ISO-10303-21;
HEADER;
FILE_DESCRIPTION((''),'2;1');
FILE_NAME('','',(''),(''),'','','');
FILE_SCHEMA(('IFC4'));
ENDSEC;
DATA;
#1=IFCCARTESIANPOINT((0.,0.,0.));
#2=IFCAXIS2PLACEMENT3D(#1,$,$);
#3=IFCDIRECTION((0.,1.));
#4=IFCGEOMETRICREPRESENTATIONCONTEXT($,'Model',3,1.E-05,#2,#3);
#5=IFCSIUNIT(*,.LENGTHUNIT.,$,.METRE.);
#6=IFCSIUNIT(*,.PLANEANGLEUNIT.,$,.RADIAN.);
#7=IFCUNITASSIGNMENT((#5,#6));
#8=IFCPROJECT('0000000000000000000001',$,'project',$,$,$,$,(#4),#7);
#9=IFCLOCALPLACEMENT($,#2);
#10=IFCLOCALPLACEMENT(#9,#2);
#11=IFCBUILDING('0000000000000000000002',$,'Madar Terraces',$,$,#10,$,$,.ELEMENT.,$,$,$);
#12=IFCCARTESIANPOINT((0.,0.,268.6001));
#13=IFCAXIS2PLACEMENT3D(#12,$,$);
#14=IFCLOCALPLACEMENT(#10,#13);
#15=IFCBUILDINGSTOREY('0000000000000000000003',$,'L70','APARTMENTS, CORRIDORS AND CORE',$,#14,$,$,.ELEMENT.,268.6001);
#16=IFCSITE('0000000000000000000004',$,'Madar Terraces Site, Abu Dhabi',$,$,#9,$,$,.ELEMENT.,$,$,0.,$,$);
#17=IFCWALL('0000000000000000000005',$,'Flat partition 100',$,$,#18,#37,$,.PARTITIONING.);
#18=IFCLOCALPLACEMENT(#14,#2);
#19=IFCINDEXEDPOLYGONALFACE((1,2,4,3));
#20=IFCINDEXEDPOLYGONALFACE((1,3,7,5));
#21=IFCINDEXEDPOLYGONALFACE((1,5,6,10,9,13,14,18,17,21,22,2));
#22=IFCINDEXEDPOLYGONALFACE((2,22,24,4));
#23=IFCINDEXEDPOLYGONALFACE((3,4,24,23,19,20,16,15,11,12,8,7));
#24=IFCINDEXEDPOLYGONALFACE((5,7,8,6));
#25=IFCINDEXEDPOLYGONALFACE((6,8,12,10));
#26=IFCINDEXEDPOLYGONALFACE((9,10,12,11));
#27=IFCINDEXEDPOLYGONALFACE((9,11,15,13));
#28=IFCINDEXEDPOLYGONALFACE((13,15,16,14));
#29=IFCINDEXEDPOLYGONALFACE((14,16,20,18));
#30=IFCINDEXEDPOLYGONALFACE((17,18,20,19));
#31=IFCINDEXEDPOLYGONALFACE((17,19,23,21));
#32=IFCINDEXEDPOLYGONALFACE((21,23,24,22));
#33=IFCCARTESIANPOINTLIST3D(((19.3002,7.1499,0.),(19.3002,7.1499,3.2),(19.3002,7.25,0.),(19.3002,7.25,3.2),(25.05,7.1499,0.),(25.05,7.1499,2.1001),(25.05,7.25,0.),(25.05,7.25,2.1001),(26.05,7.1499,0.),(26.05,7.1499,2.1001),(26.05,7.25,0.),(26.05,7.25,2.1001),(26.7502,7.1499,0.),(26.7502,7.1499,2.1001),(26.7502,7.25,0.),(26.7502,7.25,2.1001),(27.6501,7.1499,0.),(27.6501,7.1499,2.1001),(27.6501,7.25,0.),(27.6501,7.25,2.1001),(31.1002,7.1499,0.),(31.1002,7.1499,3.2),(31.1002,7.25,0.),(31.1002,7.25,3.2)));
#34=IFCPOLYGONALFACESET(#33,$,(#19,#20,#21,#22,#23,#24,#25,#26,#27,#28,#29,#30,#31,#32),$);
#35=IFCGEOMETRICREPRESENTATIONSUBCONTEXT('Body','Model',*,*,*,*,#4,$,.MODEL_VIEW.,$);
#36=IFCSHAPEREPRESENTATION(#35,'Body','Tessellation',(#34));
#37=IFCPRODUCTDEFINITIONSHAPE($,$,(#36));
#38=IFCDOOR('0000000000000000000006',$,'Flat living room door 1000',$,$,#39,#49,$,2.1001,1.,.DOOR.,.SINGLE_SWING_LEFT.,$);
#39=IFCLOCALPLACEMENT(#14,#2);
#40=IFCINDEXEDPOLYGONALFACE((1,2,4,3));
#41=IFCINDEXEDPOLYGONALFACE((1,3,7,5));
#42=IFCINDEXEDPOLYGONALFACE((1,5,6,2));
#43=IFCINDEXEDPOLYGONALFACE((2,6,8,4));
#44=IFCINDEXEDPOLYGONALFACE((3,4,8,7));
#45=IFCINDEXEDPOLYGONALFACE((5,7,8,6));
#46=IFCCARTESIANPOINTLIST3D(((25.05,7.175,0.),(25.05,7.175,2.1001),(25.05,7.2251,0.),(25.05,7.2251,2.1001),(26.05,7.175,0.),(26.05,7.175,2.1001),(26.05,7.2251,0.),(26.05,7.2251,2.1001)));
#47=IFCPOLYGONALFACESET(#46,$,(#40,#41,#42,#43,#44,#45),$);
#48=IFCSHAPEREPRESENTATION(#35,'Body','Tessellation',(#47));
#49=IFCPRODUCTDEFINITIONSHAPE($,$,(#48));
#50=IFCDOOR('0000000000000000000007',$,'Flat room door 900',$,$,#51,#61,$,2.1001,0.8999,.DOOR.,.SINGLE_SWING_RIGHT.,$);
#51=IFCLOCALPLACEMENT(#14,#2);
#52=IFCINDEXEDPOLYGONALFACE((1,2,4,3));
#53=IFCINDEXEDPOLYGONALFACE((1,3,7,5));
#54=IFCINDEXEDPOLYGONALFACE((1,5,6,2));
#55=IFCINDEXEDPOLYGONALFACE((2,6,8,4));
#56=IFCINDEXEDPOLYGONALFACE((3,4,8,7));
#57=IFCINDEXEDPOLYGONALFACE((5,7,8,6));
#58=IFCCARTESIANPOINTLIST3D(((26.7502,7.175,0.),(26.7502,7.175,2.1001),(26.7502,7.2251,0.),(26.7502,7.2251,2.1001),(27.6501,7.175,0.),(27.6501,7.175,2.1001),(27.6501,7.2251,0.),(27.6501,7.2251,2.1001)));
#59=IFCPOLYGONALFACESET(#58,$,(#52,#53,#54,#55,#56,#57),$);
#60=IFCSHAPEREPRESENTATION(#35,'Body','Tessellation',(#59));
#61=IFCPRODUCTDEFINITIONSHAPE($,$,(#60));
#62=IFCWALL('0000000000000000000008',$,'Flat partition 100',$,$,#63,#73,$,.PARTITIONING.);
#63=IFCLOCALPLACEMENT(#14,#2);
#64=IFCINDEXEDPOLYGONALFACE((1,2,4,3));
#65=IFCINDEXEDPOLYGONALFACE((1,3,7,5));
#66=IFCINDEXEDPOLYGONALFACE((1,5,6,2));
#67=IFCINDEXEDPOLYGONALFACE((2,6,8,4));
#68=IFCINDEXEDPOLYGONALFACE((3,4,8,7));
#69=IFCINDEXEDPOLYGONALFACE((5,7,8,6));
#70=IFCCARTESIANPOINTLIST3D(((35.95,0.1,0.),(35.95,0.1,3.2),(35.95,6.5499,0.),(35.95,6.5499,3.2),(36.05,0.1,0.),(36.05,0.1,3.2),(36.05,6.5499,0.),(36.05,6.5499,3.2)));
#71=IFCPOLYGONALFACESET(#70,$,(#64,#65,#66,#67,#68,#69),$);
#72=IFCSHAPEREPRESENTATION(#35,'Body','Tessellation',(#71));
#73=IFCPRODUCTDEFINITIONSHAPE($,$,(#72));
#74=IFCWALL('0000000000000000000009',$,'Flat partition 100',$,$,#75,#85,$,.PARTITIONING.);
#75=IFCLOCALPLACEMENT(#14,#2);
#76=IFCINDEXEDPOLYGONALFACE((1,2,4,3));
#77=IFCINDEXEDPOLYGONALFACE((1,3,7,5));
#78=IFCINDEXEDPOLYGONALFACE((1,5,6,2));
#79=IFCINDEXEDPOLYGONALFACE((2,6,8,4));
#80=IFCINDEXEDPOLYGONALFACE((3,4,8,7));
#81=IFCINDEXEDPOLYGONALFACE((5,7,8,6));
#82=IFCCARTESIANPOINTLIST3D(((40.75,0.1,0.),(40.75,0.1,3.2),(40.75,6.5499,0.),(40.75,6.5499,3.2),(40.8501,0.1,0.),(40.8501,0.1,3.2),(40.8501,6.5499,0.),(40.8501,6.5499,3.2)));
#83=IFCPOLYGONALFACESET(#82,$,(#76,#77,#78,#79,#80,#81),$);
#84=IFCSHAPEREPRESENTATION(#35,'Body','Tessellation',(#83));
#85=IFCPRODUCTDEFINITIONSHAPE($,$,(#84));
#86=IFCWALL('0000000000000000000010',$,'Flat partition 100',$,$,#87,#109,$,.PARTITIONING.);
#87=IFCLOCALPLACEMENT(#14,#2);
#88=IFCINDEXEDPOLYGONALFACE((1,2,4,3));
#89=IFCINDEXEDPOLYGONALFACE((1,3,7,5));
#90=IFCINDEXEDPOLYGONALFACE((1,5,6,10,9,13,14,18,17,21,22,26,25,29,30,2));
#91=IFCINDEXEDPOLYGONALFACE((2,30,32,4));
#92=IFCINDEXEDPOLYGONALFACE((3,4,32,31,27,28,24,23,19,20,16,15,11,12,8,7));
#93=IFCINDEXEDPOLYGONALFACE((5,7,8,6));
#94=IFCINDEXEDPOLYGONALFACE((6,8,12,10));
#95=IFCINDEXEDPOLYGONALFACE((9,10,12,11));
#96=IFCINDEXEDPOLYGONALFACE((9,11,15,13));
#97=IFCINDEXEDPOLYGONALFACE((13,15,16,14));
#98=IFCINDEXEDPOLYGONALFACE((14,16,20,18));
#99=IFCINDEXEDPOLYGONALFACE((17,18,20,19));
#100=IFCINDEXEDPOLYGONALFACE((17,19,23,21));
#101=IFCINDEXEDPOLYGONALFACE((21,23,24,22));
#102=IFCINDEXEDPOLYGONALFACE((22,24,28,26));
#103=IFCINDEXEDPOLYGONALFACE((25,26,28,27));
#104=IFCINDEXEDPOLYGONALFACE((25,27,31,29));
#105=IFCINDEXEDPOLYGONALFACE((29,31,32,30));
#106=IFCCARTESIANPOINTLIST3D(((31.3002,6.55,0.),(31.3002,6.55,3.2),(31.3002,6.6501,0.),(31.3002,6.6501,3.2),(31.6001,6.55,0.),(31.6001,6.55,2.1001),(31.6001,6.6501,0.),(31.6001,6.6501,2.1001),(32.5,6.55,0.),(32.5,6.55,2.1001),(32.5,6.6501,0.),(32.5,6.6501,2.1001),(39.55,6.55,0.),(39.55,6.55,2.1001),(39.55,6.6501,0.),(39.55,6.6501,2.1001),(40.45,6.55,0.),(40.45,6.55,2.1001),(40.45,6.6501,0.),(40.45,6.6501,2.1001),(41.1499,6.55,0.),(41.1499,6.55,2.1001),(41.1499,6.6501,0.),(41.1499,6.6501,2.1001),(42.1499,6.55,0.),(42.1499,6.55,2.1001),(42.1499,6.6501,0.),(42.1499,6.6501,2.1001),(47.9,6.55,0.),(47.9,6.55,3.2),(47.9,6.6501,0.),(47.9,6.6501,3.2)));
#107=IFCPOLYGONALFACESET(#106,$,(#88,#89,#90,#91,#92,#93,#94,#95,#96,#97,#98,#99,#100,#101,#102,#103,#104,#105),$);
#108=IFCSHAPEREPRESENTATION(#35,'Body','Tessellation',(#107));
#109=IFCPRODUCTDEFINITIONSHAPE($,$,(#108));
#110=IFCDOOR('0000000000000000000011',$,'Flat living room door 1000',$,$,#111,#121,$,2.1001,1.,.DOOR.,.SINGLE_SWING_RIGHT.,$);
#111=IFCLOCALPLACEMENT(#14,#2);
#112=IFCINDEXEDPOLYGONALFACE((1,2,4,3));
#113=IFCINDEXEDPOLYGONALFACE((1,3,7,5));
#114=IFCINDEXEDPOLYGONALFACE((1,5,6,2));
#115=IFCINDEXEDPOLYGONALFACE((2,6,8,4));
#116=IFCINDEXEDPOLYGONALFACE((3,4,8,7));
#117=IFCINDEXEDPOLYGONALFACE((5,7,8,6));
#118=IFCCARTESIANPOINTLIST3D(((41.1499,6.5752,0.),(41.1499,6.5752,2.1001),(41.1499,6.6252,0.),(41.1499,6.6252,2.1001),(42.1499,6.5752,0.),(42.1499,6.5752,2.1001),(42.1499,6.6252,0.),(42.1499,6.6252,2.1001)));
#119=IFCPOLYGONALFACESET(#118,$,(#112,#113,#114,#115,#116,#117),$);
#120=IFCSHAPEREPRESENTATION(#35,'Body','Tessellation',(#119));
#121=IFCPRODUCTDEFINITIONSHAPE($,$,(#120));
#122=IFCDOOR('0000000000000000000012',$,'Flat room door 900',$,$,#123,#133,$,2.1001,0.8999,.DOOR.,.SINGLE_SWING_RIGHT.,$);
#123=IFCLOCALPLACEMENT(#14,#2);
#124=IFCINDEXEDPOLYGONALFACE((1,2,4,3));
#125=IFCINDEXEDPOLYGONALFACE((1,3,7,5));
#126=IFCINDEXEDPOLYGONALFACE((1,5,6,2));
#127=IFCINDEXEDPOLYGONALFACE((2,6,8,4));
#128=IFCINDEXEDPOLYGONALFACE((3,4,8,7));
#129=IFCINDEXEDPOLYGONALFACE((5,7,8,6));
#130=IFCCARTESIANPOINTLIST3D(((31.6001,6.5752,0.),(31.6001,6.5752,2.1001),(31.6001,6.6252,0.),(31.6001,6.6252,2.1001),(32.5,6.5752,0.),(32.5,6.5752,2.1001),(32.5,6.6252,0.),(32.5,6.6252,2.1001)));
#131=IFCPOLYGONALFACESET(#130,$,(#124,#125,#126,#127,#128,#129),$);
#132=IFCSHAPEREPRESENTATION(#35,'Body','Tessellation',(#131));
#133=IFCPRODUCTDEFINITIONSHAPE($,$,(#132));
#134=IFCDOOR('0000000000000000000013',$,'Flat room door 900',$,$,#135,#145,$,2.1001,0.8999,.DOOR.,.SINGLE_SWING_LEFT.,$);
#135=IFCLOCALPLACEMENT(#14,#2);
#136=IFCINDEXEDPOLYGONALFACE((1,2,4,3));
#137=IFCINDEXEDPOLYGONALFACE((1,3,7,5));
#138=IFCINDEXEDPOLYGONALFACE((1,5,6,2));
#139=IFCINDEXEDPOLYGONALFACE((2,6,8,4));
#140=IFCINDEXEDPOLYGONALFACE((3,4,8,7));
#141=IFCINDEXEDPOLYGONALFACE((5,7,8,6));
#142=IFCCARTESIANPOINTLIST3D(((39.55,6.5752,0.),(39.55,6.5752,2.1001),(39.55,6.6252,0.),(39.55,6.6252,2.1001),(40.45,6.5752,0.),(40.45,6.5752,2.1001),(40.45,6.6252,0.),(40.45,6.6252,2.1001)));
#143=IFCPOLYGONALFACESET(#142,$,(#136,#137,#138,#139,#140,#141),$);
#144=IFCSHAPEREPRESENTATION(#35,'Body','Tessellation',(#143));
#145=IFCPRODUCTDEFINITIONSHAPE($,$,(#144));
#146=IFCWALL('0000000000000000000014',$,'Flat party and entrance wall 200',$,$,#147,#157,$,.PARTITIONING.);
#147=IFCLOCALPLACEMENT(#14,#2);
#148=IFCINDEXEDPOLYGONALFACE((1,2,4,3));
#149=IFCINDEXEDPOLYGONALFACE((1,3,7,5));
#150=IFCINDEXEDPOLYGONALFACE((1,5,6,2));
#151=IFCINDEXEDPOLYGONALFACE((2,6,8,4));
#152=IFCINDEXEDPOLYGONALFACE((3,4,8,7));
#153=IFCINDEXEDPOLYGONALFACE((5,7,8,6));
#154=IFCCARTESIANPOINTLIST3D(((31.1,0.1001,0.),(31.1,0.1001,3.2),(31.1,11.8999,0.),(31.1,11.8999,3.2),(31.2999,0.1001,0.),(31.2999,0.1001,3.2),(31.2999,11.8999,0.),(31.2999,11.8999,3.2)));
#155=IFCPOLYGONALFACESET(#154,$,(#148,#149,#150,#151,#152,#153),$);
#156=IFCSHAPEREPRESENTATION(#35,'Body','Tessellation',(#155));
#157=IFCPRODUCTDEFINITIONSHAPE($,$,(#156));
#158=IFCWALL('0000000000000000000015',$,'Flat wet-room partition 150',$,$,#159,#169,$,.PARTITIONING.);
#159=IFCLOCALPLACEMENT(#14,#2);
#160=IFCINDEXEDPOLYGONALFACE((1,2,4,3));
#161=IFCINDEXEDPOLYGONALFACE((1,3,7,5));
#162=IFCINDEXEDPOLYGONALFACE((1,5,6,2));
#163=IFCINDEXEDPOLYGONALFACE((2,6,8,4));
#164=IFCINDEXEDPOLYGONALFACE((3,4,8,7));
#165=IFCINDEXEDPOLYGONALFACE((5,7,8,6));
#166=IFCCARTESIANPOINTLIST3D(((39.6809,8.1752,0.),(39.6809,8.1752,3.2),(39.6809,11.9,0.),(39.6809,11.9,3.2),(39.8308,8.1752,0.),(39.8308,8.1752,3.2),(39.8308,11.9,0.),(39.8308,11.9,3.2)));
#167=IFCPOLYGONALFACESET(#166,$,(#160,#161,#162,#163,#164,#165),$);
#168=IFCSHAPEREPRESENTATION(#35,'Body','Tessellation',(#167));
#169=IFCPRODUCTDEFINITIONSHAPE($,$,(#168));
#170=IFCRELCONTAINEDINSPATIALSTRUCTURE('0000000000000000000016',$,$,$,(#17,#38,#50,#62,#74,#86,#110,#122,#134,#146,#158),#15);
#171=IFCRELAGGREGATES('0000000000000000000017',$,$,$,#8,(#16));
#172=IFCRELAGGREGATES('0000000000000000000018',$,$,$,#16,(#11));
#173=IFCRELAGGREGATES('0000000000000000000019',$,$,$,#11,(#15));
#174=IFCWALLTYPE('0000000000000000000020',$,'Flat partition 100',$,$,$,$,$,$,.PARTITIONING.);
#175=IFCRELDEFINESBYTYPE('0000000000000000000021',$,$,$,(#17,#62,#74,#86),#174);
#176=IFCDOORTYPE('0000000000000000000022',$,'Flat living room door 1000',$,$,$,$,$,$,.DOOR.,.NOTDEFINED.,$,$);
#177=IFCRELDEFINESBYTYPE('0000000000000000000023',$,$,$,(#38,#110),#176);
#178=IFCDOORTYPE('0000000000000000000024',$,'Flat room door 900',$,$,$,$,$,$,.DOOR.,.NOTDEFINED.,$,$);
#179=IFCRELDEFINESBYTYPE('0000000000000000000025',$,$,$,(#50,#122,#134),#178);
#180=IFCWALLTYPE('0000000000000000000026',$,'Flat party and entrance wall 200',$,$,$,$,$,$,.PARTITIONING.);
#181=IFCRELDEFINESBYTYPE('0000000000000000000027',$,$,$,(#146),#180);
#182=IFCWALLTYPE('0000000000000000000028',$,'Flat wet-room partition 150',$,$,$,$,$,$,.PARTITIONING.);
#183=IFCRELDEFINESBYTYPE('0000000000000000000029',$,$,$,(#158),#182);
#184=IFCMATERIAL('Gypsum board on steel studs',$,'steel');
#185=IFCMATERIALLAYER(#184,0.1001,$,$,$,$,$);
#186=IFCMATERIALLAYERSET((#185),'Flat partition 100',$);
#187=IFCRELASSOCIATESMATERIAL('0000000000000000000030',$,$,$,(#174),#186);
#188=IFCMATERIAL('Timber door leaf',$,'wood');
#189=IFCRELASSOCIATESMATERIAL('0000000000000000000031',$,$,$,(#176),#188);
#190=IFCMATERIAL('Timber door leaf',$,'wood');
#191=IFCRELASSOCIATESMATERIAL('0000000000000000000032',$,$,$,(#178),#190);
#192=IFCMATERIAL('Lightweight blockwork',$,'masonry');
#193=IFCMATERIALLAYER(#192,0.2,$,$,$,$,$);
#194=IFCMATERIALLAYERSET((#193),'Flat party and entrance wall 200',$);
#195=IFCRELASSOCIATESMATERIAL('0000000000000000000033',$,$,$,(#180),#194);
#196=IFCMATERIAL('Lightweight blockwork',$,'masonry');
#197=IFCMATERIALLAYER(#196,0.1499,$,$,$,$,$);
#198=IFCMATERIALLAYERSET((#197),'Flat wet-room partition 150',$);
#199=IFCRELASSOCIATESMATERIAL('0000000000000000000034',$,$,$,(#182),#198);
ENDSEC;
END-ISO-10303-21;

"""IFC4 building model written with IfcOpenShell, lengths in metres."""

from ifc_helpers import new_model, si_unit, direction, frame, frame_2d, origin, place, context, subcontext, project, spatial, rectangle, extrude, material, layer, layer_set, type_object, element, fill, save


model = new_model("IFC4")

# Units and contexts
model_context = context("Model", 3, precision=1e-05, world=origin(), true_north=direction((0.0, 1.0)))
body_context = subcontext(model_context, "Body", "Model", "MODEL_VIEW")
ifc_project = project(units=[si_unit("LENGTHUNIT", "METRE"), si_unit("PLANEANGLEUNIT", "RADIAN")], contexts=[model_context])

# Site, building, storey
site_placement = place(None, origin())
site = spatial("IfcSite", under=ifc_project, at=site_placement, Name="Madar Terraces Site, Abu Dhabi", CompositionType="ELEMENT", RefElevation=0.0)
building_placement = place(site_placement, origin())
building = spatial("IfcBuilding", under=site, at=building_placement, Name="Madar Terraces", CompositionType="ELEMENT")
storey_placement = place(building_placement, frame((0.0, 0.0, 268.6001)))
storey = spatial("IfcBuildingStorey", under=building, at=storey_placement, Name="L70", Description="APARTMENTS, CORRIDORS AND CORE", CompositionType="ELEMENT", Elevation=268.6001)

# Wall, openings, doors
ifc_material_1 = material(Name="Gypsum board on steel studs", Category="steel")
ifc_layer_1 = layer(ifc_material_1, 0.1001)
ifc_layer_set_1 = layer_set([ifc_layer_1], Name="Flat partition 100")
wall_type_1 = type_object("IfcWallType", Name="Flat partition 100", PredefinedType="PARTITIONING", material=ifc_layer_set_1)
wall_1_placement = place(storey_placement, frame((31.1001, 7.2, 0.0), z_axis=(0.0, 0.0, 1.0), x_axis=(-1.0, 0.0, 0.0)))
wall_1 = element("IfcWall", 1, at=wall_1_placement, inside=storey, type_object=wall_type_1, Name="Flat partition 100", PredefinedType="PARTITIONING", context=body_context, shape_type="SweptSolid", body=[
    extrude(rectangle(XDim=11.8, YDim=0.1001, at=frame_2d((5.8999, 0.0))), origin(), (0.0, 0.0, 1.0), 3.2),
])
opening_1_placement = place(wall_1_placement, frame((3.45, 0.0, 0.0)))
opening_1 = element("IfcOpeningElement", 2, at=opening_1_placement, cuts=wall_1, PredefinedType="OPENING", context=body_context, shape_type="SweptSolid", body=[
    extrude(rectangle(XDim=0.8999, YDim=2.1001, at=frame_2d((0.45, 1.05))), frame((0.0, 0.0601, 0.0), z_axis=(0.0, -1.0, 0.0), x_axis=(1.0, 0.0, 0.0)), (0.0, 0.0, 1.0), 0.1201),
])
opening_2_placement = place(wall_1_placement, frame((5.05, 0.0, 0.0)))
opening_2 = element("IfcOpeningElement", 3, at=opening_2_placement, cuts=wall_1, PredefinedType="OPENING", context=body_context, shape_type="SweptSolid", body=[
    extrude(rectangle(XDim=1.0, YDim=2.1001, at=frame_2d((0.5, 1.05))), frame((0.0, 0.0601, 0.0), z_axis=(0.0, -1.0, 0.0), x_axis=(1.0, 0.0, 0.0)), (0.0, 0.0, 1.0), 0.1201),
])
ifc_material_2 = material(Name="Timber door leaf", Category="wood")
door_type_1 = type_object("IfcDoorType", Name="Flat living room door 1000", OperationType="NOTDEFINED", PredefinedType="DOOR", material=ifc_material_2)
door_1_placement = place(opening_2_placement, origin())
door_1 = element("IfcDoor", 4, at=door_1_placement, inside=storey, type_object=door_type_1, Name="Flat living room door 1000", OperationType="SINGLE_SWING_LEFT", OverallHeight=2.1001, OverallWidth=1.0, PredefinedType="DOOR", context=body_context, shape_type="SweptSolid", body=[
    extrude(rectangle(XDim=1.0, YDim=2.1001, at=frame_2d((0.5, 1.05))), frame((0.0, 0.0249, 0.0), z_axis=(0.0, -1.0, 0.0), x_axis=(1.0, 0.0, 0.0)), (0.0, 0.0, 1.0), 0.05),
])
fill(opening_2, door_1)
ifc_material_3 = material(Name="Timber door leaf", Category="wood")
door_type_2 = type_object("IfcDoorType", Name="Flat room door 900", OperationType="NOTDEFINED", PredefinedType="DOOR", material=ifc_material_3)
door_2_placement = place(opening_1_placement, origin())
door_2 = element("IfcDoor", 5, at=door_2_placement, inside=storey, type_object=door_type_2, Name="Flat room door 900", OperationType="SINGLE_SWING_RIGHT", OverallHeight=2.1001, OverallWidth=0.8999, PredefinedType="DOOR", context=body_context, shape_type="SweptSolid", body=[
    extrude(rectangle(XDim=0.8999, YDim=2.1001, at=frame_2d((0.45, 1.05))), frame((0.0, 0.0249, 0.0), z_axis=(0.0, -1.0, 0.0), x_axis=(1.0, 0.0, 0.0)), (0.0, 0.0, 1.0), 0.05),
])
fill(opening_1, door_2)

# Walls
for number, where, z_axis, x_axis, name in (
    (6, (36.0, 6.55, 0.0), (0.0, 0.0, 1.0), (0.0, -1.0, 0.0), "Flat partition 100"),
    (7, (40.8, 6.55, 0.0), (0.0, 0.0, 1.0), (0.0, -1.0, 0.0), "Flat partition 100"),
):
    element("IfcWall", number, at=place(storey_placement, frame(where, z_axis=z_axis, x_axis=x_axis)), inside=storey, type_object=wall_type_1, Name=name, PredefinedType="PARTITIONING", context=body_context, shape_type="SweptSolid", body=[
        extrude(rectangle(XDim=6.45, YDim=0.1001, at=frame_2d((3.2251, 0.0))), origin(), (0.0, 0.0, 1.0), 3.2),
    ])

# Wall, openings, doors
wall_2_placement = place(storey_placement, frame((47.8999, 6.6001, 0.0), z_axis=(0.0, 0.0, 1.0), x_axis=(-1.0, 0.0, 0.0)))
wall_2 = element("IfcWall", 8, at=wall_2_placement, inside=storey, type_object=wall_type_1, Name="Flat partition 100", PredefinedType="PARTITIONING", context=body_context, shape_type="SweptSolid", body=[
    extrude(rectangle(XDim=16.5999, YDim=0.1001, at=frame_2d((8.2998, 0.0))), origin(), (0.0, 0.0, 1.0), 3.2),
])
opening_3_placement = place(wall_2_placement, frame((15.3999, 0.0, 0.0)))
opening_3 = element("IfcOpeningElement", 9, at=opening_3_placement, cuts=wall_2, PredefinedType="OPENING", context=body_context, shape_type="SweptSolid", body=[
    extrude(rectangle(XDim=0.8999, YDim=2.1001, at=frame_2d((0.45, 1.05))), frame((0.0, 0.0601, 0.0), z_axis=(0.0, -1.0, 0.0), x_axis=(1.0, 0.0, 0.0)), (0.0, 0.0, 1.0), 0.1201),
])
opening_4_placement = place(wall_2_placement, frame((7.45, 0.0, 0.0)))
opening_4 = element("IfcOpeningElement", 10, at=opening_4_placement, cuts=wall_2, PredefinedType="OPENING", context=body_context, shape_type="SweptSolid", body=[
    extrude(rectangle(XDim=0.8999, YDim=2.1001, at=frame_2d((0.45, 1.05))), frame((0.0, 0.0601, 0.0), z_axis=(0.0, -1.0, 0.0), x_axis=(1.0, 0.0, 0.0)), (0.0, 0.0, 1.0), 0.1201),
])
opening_5_placement = place(wall_2_placement, frame((5.75, 0.0, 0.0)))
opening_5 = element("IfcOpeningElement", 11, at=opening_5_placement, cuts=wall_2, PredefinedType="OPENING", context=body_context, shape_type="SweptSolid", body=[
    extrude(rectangle(XDim=1.0, YDim=2.1001, at=frame_2d((0.5, 1.05))), frame((0.0, 0.0601, 0.0), z_axis=(0.0, -1.0, 0.0), x_axis=(1.0, 0.0, 0.0)), (0.0, 0.0, 1.0), 0.1201),
])
door_3_placement = place(opening_5_placement, origin())
door_3 = element("IfcDoor", 12, at=door_3_placement, inside=storey, type_object=door_type_1, Name="Flat living room door 1000", OperationType="SINGLE_SWING_RIGHT", OverallHeight=2.1001, OverallWidth=1.0, PredefinedType="DOOR", context=body_context, shape_type="SweptSolid", body=[
    extrude(rectangle(XDim=1.0, YDim=2.1001, at=frame_2d((0.5, 1.05))), frame((0.0, 0.0249, 0.0), z_axis=(0.0, -1.0, 0.0), x_axis=(1.0, 0.0, 0.0)), (0.0, 0.0, 1.0), 0.05),
])
fill(opening_5, door_3)
door_4_placement = place(opening_3_placement, origin())
door_4 = element("IfcDoor", 13, at=door_4_placement, inside=storey, type_object=door_type_2, Name="Flat room door 900", OperationType="SINGLE_SWING_RIGHT", OverallHeight=2.1001, OverallWidth=0.8999, PredefinedType="DOOR", context=body_context, shape_type="SweptSolid", body=[
    extrude(rectangle(XDim=0.8999, YDim=2.1001, at=frame_2d((0.45, 1.05))), frame((0.0, 0.0249, 0.0), z_axis=(0.0, -1.0, 0.0), x_axis=(1.0, 0.0, 0.0)), (0.0, 0.0, 1.0), 0.05),
])
fill(opening_3, door_4)
door_5_placement = place(opening_4_placement, origin())
door_5 = element("IfcDoor", 14, at=door_5_placement, inside=storey, type_object=door_type_2, Name="Flat room door 900", OperationType="SINGLE_SWING_LEFT", OverallHeight=2.1001, OverallWidth=0.8999, PredefinedType="DOOR", context=body_context, shape_type="SweptSolid", body=[
    extrude(rectangle(XDim=0.8999, YDim=2.1001, at=frame_2d((0.45, 1.05))), frame((0.0, 0.0249, 0.0), z_axis=(0.0, -1.0, 0.0), x_axis=(1.0, 0.0, 0.0)), (0.0, 0.0, 1.0), 0.05),
])
fill(opening_4, door_5)

# Walls
ifc_material_4 = material(Name="Lightweight blockwork", Category="masonry")
ifc_layer_2 = layer(ifc_material_4, 0.2)
ifc_layer_set_2 = layer_set([ifc_layer_2], Name="Flat party and entrance wall 200")
wall_type_2 = type_object("IfcWallType", Name="Flat party and entrance wall 200", PredefinedType="PARTITIONING", material=ifc_layer_set_2)
wall_3_placement = place(storey_placement, frame((31.2, 11.8999, 0.0), z_axis=(0.0, 0.0, 1.0), x_axis=(0.0, -1.0, 0.0)))
element("IfcWall", 15, at=wall_3_placement, inside=storey, type_object=wall_type_2, Name="Flat party and entrance wall 200", PredefinedType="PARTITIONING", context=body_context, shape_type="SweptSolid", body=[
    extrude(rectangle(XDim=11.7998, YDim=0.2, at=frame_2d((5.8999, 0.0))), origin(), (0.0, 0.0, 1.0), 3.2),
])
ifc_material_5 = material(Name="Lightweight blockwork", Category="masonry")
ifc_layer_3 = layer(ifc_material_5, 0.1499)
ifc_layer_set_3 = layer_set([ifc_layer_3], Name="Flat wet-room partition 150")
wall_type_3 = type_object("IfcWallType", Name="Flat wet-room partition 150", PredefinedType="PARTITIONING", material=ifc_layer_set_3)
for number, where, z_axis, x_axis, name in (
    (16, (39.7559, 11.8999, 0.0), (0.0, 0.0, 1.0), (0.0, -1.0, 0.0), "Flat wet-room partition 150"),
):
    element("IfcWall", number, at=place(storey_placement, frame(where, z_axis=z_axis, x_axis=x_axis)), inside=storey, type_object=wall_type_3, Name=name, PredefinedType="PARTITIONING", context=body_context, shape_type="SweptSolid", body=[
        extrude(rectangle(XDim=3.7249, YDim=0.1499, at=frame_2d((1.8623, 0.0))), origin(), (0.0, 0.0, 1.0), 3.2),
    ])

save(model, "model.ifc")
